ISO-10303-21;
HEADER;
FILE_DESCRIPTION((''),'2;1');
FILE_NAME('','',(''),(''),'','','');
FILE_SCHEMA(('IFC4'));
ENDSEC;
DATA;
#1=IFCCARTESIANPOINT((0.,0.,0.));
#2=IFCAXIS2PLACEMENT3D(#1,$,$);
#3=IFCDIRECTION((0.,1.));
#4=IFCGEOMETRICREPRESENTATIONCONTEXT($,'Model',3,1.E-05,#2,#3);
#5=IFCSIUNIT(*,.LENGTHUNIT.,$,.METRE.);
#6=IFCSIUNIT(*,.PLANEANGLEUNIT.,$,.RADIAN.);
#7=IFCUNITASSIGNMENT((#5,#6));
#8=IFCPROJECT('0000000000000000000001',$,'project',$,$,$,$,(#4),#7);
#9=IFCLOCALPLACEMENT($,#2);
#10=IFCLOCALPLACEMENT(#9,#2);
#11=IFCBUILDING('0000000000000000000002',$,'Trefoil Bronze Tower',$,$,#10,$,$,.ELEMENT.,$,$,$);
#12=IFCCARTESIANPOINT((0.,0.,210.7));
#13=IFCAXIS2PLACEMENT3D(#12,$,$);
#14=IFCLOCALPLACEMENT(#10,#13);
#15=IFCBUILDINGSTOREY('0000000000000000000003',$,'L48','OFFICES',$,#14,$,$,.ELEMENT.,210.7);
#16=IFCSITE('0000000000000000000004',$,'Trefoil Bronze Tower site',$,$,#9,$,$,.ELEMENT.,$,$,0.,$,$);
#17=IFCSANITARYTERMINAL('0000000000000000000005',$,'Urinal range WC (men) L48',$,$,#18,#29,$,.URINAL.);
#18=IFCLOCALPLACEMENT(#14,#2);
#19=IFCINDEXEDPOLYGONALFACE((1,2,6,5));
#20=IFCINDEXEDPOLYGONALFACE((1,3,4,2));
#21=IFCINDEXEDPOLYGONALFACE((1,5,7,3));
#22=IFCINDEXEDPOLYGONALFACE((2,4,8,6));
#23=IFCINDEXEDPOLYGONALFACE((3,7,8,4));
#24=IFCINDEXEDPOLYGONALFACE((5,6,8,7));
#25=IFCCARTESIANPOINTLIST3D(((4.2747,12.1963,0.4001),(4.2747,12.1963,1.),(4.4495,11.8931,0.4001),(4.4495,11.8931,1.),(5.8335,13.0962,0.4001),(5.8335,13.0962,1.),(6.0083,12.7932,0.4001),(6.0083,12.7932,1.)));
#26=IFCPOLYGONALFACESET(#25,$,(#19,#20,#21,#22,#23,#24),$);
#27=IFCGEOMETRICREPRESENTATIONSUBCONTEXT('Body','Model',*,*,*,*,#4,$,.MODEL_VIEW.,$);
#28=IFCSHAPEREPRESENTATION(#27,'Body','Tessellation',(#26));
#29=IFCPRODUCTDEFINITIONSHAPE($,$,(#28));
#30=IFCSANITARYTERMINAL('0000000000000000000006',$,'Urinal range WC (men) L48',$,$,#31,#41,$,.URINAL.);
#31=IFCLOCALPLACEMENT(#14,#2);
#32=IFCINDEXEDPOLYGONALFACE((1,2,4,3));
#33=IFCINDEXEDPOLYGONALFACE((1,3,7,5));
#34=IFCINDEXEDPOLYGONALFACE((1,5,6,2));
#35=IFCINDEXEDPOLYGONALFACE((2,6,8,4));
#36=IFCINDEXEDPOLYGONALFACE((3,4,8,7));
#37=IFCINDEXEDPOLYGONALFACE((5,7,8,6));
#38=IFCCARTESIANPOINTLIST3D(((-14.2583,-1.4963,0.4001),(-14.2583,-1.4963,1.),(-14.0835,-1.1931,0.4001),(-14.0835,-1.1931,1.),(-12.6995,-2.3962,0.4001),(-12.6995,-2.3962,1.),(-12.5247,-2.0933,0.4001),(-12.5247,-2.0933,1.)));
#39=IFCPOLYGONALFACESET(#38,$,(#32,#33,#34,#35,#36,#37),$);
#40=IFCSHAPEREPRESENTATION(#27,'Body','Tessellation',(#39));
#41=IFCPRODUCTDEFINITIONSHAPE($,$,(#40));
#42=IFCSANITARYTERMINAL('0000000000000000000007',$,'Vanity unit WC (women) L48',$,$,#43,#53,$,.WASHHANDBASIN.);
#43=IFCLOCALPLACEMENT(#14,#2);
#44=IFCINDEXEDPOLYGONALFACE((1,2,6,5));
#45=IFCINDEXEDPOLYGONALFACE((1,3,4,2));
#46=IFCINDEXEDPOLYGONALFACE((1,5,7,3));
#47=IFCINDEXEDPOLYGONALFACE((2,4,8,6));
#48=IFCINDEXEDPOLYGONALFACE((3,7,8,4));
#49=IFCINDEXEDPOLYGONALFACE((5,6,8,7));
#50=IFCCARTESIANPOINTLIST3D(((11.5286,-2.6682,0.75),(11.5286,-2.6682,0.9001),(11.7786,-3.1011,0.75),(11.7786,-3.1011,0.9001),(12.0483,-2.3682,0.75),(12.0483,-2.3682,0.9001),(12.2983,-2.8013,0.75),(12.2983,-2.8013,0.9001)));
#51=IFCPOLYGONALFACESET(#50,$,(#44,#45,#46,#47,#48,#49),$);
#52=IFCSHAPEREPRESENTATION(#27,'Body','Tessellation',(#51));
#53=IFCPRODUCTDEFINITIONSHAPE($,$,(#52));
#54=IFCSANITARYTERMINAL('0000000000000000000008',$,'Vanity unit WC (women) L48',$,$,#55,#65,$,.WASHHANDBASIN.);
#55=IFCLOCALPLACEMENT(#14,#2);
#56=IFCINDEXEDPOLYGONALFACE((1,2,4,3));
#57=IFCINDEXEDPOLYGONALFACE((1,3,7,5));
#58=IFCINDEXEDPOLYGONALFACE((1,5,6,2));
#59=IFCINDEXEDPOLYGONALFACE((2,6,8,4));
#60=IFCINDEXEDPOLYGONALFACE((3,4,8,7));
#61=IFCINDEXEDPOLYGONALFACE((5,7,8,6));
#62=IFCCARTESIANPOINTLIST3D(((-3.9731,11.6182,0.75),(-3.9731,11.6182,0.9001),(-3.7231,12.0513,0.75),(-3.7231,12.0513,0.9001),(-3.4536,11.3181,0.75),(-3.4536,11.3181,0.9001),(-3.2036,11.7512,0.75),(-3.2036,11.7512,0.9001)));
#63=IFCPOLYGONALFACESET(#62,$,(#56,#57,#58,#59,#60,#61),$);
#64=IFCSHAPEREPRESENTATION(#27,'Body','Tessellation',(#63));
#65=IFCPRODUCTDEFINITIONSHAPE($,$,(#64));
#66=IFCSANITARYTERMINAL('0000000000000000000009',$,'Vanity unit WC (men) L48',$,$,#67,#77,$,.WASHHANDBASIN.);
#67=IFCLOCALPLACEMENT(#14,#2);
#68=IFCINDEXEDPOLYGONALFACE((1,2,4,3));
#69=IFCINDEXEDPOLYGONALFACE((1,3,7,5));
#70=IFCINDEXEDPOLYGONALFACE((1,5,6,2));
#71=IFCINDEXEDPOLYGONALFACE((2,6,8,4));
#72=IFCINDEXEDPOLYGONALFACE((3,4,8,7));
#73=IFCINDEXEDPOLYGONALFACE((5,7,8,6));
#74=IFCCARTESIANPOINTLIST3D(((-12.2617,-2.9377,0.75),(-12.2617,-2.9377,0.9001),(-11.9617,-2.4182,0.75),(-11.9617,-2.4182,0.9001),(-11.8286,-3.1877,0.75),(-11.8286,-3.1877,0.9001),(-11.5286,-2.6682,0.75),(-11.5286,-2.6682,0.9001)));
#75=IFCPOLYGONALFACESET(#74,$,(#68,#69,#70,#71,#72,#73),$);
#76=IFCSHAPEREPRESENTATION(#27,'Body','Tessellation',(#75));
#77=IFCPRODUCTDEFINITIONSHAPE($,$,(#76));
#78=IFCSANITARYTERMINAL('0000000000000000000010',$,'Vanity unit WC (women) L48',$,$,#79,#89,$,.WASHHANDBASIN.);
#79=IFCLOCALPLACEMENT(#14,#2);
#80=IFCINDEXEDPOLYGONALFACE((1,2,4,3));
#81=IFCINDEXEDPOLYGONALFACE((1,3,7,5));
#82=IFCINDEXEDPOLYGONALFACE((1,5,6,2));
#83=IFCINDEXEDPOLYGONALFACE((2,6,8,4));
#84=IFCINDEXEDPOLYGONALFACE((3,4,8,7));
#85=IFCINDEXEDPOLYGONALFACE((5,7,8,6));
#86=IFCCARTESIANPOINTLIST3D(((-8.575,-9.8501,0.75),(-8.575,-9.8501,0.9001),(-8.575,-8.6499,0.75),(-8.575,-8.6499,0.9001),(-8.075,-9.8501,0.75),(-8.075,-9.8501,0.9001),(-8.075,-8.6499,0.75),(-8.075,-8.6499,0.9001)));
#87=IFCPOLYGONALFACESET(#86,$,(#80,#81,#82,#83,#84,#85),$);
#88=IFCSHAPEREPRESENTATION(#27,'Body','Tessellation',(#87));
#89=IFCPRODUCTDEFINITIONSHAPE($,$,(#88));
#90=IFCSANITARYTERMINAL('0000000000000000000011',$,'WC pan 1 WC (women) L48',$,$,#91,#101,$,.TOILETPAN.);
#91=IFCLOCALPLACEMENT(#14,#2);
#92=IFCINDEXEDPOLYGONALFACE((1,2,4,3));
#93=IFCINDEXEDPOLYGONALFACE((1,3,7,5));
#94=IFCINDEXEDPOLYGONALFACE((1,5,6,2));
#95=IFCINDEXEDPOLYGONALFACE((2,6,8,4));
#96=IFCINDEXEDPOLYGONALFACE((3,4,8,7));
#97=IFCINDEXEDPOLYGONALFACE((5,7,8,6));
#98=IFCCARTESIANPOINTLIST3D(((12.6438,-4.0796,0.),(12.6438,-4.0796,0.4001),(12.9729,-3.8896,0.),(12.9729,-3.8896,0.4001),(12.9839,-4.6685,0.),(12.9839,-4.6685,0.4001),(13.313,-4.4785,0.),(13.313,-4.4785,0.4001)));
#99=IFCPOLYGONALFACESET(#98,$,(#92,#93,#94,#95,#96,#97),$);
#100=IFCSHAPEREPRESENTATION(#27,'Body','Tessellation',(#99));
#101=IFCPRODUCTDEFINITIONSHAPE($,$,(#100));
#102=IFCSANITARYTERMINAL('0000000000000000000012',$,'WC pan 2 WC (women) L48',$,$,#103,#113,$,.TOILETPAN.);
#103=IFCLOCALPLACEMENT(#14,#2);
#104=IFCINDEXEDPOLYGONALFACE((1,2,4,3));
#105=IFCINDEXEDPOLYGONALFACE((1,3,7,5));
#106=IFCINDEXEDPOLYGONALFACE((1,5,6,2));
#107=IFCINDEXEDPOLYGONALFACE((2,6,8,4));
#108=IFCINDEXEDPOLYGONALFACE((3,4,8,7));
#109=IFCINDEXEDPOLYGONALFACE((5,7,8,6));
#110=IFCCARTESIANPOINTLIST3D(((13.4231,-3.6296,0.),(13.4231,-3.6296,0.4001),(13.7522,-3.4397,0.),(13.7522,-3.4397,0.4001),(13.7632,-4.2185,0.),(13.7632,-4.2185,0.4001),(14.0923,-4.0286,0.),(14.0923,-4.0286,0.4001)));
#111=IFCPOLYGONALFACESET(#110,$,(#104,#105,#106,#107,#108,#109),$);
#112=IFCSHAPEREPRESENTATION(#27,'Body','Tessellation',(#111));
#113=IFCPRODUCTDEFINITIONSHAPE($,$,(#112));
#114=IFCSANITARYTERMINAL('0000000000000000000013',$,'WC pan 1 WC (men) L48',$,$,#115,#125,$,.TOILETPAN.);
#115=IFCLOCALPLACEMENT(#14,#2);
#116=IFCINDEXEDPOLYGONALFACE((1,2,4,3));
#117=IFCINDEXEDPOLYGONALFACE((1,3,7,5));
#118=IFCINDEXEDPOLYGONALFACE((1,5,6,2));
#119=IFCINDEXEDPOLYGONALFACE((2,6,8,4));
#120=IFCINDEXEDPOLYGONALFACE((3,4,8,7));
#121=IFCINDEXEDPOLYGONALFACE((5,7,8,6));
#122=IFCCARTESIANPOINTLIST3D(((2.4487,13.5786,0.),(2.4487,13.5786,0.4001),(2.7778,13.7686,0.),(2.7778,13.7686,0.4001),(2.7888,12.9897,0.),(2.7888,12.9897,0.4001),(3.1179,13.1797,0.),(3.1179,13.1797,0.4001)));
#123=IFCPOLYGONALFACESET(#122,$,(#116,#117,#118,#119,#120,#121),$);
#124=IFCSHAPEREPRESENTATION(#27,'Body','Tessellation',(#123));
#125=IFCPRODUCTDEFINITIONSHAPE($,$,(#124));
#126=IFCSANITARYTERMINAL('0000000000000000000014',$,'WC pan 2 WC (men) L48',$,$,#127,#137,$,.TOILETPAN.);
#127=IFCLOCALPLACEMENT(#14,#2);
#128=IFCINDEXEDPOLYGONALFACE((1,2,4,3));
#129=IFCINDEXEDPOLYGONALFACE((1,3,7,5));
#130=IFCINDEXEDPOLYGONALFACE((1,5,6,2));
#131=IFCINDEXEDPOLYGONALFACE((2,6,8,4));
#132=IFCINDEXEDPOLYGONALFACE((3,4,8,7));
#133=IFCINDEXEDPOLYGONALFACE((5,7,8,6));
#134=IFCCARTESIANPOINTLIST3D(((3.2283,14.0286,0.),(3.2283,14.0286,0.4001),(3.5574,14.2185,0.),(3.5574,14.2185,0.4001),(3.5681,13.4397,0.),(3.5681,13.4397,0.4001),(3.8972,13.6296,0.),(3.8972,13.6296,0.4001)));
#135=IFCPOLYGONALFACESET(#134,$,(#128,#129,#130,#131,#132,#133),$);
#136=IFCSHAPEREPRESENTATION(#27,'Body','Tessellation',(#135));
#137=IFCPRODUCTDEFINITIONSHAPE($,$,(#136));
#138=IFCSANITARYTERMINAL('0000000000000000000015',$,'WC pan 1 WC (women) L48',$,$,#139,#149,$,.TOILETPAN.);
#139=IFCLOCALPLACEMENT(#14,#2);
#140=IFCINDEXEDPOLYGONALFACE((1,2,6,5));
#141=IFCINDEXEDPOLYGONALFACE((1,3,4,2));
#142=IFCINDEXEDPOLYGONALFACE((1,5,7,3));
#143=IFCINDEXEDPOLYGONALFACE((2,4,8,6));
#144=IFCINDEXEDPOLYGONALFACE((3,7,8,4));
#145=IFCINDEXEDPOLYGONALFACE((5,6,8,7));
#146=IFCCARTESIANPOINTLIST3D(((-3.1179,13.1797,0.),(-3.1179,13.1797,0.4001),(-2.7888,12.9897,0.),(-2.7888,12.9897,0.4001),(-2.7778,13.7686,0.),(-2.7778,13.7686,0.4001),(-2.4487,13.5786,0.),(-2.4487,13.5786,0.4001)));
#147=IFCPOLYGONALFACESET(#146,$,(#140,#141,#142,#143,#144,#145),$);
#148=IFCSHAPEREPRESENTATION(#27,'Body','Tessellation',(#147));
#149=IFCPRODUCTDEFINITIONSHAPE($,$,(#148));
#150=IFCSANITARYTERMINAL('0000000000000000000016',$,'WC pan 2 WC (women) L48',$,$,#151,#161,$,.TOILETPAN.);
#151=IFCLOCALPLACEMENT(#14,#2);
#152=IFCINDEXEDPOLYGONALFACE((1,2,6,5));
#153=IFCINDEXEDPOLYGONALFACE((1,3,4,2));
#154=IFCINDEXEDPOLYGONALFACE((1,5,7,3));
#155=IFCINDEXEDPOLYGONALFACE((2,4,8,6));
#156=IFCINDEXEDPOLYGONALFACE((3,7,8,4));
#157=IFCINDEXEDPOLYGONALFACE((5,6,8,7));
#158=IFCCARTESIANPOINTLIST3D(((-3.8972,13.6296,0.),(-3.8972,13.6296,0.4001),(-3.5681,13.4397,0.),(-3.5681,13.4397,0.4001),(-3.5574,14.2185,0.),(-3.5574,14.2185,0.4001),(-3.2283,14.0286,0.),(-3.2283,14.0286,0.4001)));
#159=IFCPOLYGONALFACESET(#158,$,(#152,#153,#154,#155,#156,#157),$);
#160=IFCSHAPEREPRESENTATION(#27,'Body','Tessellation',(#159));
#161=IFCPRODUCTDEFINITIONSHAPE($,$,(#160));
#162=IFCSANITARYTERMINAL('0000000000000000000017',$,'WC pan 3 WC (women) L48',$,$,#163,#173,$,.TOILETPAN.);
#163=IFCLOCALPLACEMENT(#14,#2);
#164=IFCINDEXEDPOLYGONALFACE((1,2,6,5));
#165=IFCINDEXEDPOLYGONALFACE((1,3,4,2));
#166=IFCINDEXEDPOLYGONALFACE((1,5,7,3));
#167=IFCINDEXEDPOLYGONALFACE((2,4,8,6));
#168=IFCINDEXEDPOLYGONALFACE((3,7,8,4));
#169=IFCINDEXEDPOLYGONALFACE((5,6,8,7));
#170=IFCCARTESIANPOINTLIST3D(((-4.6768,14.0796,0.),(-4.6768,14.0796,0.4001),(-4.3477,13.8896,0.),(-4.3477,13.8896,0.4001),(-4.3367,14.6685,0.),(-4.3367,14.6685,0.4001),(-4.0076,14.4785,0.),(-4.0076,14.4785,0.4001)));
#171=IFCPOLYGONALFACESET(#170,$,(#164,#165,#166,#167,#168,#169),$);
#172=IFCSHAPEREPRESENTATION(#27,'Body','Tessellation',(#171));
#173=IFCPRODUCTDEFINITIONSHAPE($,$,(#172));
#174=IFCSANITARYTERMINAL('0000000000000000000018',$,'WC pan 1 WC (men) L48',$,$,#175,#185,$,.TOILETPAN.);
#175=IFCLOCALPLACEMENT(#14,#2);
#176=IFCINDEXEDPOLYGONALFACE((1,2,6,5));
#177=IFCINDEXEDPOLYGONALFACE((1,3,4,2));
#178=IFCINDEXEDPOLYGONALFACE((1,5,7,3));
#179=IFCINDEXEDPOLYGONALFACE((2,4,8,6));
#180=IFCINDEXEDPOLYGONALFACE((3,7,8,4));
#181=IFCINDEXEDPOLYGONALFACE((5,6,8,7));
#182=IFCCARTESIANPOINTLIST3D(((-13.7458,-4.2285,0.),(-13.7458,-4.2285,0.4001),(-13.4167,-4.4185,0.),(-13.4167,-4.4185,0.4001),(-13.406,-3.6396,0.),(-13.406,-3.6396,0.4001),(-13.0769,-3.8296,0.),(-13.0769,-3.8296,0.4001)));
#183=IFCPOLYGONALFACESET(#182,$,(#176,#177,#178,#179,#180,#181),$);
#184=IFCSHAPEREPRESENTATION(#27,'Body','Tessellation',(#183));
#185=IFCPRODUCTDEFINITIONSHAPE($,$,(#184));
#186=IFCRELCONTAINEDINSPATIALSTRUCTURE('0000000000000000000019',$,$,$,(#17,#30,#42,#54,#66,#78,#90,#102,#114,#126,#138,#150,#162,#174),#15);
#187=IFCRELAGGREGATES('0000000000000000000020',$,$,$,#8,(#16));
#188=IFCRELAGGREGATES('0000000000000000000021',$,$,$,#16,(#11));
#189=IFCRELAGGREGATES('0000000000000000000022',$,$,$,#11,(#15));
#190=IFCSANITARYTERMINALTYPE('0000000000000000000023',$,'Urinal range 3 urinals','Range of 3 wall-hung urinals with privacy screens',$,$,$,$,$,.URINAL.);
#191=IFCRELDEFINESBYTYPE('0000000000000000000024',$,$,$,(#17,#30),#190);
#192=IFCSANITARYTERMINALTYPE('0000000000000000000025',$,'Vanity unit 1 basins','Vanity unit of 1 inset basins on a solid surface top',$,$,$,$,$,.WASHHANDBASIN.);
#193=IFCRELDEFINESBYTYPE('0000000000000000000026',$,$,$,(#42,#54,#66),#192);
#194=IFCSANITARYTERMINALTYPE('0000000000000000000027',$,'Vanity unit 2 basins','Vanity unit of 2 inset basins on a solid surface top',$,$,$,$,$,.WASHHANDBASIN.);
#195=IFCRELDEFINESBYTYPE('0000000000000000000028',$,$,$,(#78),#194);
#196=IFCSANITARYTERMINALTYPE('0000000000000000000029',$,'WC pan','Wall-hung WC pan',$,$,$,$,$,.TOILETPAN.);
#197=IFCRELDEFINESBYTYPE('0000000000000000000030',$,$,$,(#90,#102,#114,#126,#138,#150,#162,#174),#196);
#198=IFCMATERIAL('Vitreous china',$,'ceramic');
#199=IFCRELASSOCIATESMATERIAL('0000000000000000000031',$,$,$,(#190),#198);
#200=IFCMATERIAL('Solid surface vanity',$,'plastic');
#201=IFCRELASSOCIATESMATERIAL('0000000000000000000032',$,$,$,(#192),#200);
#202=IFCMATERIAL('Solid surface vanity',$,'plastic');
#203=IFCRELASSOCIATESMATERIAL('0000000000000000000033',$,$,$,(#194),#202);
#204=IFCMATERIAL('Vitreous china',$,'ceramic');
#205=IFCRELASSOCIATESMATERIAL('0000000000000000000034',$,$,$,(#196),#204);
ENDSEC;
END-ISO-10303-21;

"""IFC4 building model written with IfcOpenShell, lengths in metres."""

from ifc_helpers import new_model, si_unit, direction, frame, origin, place, context, subcontext, project, spatial, polyline, outline, extrude, material, type_object, element, save


model = new_model("IFC4")

# Units and contexts
model_context = context("Model", 3, precision=1e-05, world=origin(), true_north=direction((0.0, 1.0)))
body_context = subcontext(model_context, "Body", "Model", "MODEL_VIEW")
ifc_project = project(units=[si_unit("LENGTHUNIT", "METRE"), si_unit("PLANEANGLEUNIT", "RADIAN")], contexts=[model_context])

# Site, building, storey
site_placement = place(None, origin())
site = spatial("IfcSite", under=ifc_project, at=site_placement, Name="Trefoil Bronze Tower site", CompositionType="ELEMENT", RefElevation=0.0)
building_placement = place(site_placement, origin())
building = spatial("IfcBuilding", under=site, at=building_placement, Name="Trefoil Bronze Tower", CompositionType="ELEMENT")
storey_placement = place(building_placement, frame((0.0, 0.0, 210.7)))
storey = spatial("IfcBuildingStorey", under=building, at=storey_placement, Name="L48", Description="OFFICES", CompositionType="ELEMENT", Elevation=210.7)

# Sanitary terminals
ifc_material_1 = material(Name="Vitreous china", Category="ceramic")
sanitary_terminal_type_1 = type_object("IfcSanitaryTerminalType", Name="Urinal range 3 urinals", Description="Range of 3 wall-hung urinals with privacy screens", PredefinedType="URINAL", material=ifc_material_1)
sanitary_terminal_1_placement = place(storey_placement, frame((0.0, 0.0, 0.4001)))
element("IfcSanitaryTerminal", 1, at=sanitary_terminal_1_placement, inside=storey, type_object=sanitary_terminal_type_1, Name="Urinal range WC (men) L48", PredefinedType="URINAL", context=body_context, shape_type="SweptSolid", body=[
    extrude(outline(polyline([(4.4495, 11.8931), (4.2747, 12.1963), (5.8335, 13.0962), (6.0083, 12.7932), (4.4495, 11.8931)])), origin(), (0.0, 0.0, 1.0), 0.5999),
])
sanitary_terminal_2_placement = place(storey_placement, frame((0.0, 0.0, 0.4001)))
element("IfcSanitaryTerminal", 2, at=sanitary_terminal_2_placement, inside=storey, type_object=sanitary_terminal_type_1, Name="Urinal range WC (men) L48", PredefinedType="URINAL", context=body_context, shape_type="SweptSolid", body=[
    extrude(outline(polyline([(-12.5247, -2.0933), (-12.6995, -2.3962), (-14.2583, -1.4963), (-14.0835, -1.1931), (-12.5247, -2.0933)])), origin(), (0.0, 0.0, 1.0), 0.5999),
])
ifc_material_2 = material(Name="Solid surface vanity", Category="plastic")
sanitary_terminal_type_2 = type_object("IfcSanitaryTerminalType", Name="Vanity unit 1 basins", Description="Vanity unit of 1 inset basins on a solid surface top", PredefinedType="WASHHANDBASIN", material=ifc_material_2)
sanitary_terminal_3_placement = place(storey_placement, frame((0.0, 0.0, 0.75)))
element("IfcSanitaryTerminal", 3, at=sanitary_terminal_3_placement, inside=storey, type_object=sanitary_terminal_type_2, Name="Vanity unit WC (women) L48", PredefinedType="WASHHANDBASIN", context=body_context, shape_type="SweptSolid", body=[
    extrude(outline(polyline([(11.5286, -2.6682), (11.7786, -3.1011), (12.2983, -2.8013), (12.0483, -2.3682), (11.5286, -2.6682)])), origin(), (0.0, 0.0, 1.0), 0.1501),
])
sanitary_terminal_4_placement = place(storey_placement, frame((0.0, 0.0, 0.75)))
element("IfcSanitaryTerminal", 4, at=sanitary_terminal_4_placement, inside=storey, type_object=sanitary_terminal_type_2, Name="Vanity unit WC (women) L48", PredefinedType="WASHHANDBASIN", context=body_context, shape_type="SweptSolid", body=[
    extrude(outline(polyline([(-3.4536, 11.3181), (-3.2036, 11.7512), (-3.7231, 12.0513), (-3.9731, 11.6182), (-3.4536, 11.3181)])), origin(), (0.0, 0.0, 1.0), 0.1501),
])
sanitary_terminal_5_placement = place(storey_placement, frame((0.0, 0.0, 0.75)))
element("IfcSanitaryTerminal", 5, at=sanitary_terminal_5_placement, inside=storey, type_object=sanitary_terminal_type_2, Name="Vanity unit WC (men) L48", PredefinedType="WASHHANDBASIN", context=body_context, shape_type="SweptSolid", body=[
    extrude(outline(polyline([(-11.5286, -2.6682), (-11.8286, -3.1877), (-12.2617, -2.9377), (-11.9617, -2.4182), (-11.5286, -2.6682)])), origin(), (0.0, 0.0, 1.0), 0.1501),
])
ifc_material_3 = material(Name="Solid surface vanity", Category="plastic")
sanitary_terminal_type_3 = type_object("IfcSanitaryTerminalType", Name="Vanity unit 2 basins", Description="Vanity unit of 2 inset basins on a solid surface top", PredefinedType="WASHHANDBASIN", material=ifc_material_3)
sanitary_terminal_6_placement = place(storey_placement, frame((0.0, 0.0, 0.75)))
element("IfcSanitaryTerminal", 6, at=sanitary_terminal_6_placement, inside=storey, type_object=sanitary_terminal_type_3, Name="Vanity unit WC (women) L48", PredefinedType="WASHHANDBASIN", context=body_context, shape_type="SweptSolid", body=[
    extrude(outline(polyline([(-8.075, -8.6499), (-8.575, -8.6499), (-8.575, -9.8501), (-8.075, -9.8501), (-8.075, -8.6499)])), origin(), (0.0, 0.0, 1.0), 0.1501),
])
ifc_material_4 = material(Name="Vitreous china", Category="ceramic")
sanitary_terminal_type_4 = type_object("IfcSanitaryTerminalType", Name="WC pan", Description="Wall-hung WC pan", PredefinedType="TOILETPAN", material=ifc_material_4)
sanitary_terminal_7_placement = place(storey_placement, origin())
element("IfcSanitaryTerminal", 7, at=sanitary_terminal_7_placement, inside=storey, type_object=sanitary_terminal_type_4, Name="WC pan 1 WC (women) L48", PredefinedType="TOILETPAN", context=body_context, shape_type="SweptSolid", body=[
    extrude(outline(polyline([(12.6438, -4.0796), (12.9839, -4.6685), (13.313, -4.4785), (12.9729, -3.8896), (12.6438, -4.0796)])), origin(), (0.0, 0.0, 1.0), 0.4001),
])
sanitary_terminal_8_placement = place(storey_placement, origin())
element("IfcSanitaryTerminal", 8, at=sanitary_terminal_8_placement, inside=storey, type_object=sanitary_terminal_type_4, Name="WC pan 2 WC (women) L48", PredefinedType="TOILETPAN", context=body_context, shape_type="SweptSolid", body=[
    extrude(outline(polyline([(13.4231, -3.6296), (13.7632, -4.2185), (14.0923, -4.0286), (13.7522, -3.4397), (13.4231, -3.6296)])), origin(), (0.0, 0.0, 1.0), 0.4001),
])
sanitary_terminal_9_placement = place(storey_placement, origin())
element("IfcSanitaryTerminal", 9, at=sanitary_terminal_9_placement, inside=storey, type_object=sanitary_terminal_type_4, Name="WC pan 1 WC (men) L48", PredefinedType="TOILETPAN", context=body_context, shape_type="SweptSolid", body=[
    extrude(outline(polyline([(2.7888, 12.9897), (2.4487, 13.5786), (2.7778, 13.7686), (3.1179, 13.1797), (2.7888, 12.9897)])), origin(), (0.0, 0.0, 1.0), 0.4001),
])
sanitary_terminal_10_placement = place(storey_placement, origin())
element("IfcSanitaryTerminal", 10, at=sanitary_terminal_10_placement, inside=storey, type_object=sanitary_terminal_type_4, Name="WC pan 2 WC (men) L48", PredefinedType="TOILETPAN", context=body_context, shape_type="SweptSolid", body=[
    extrude(outline(polyline([(3.5681, 13.4397), (3.2283, 14.0286), (3.5574, 14.2185), (3.8972, 13.6296), (3.5681, 13.4397)])), origin(), (0.0, 0.0, 1.0), 0.4001),
])
sanitary_terminal_11_placement = place(storey_placement, origin())
element("IfcSanitaryTerminal", 11, at=sanitary_terminal_11_placement, inside=storey, type_object=sanitary_terminal_type_4, Name="WC pan 1 WC (women) L48", PredefinedType="TOILETPAN", context=body_context, shape_type="SweptSolid", body=[
    extrude(outline(polyline([(-2.7888, 12.9897), (-2.4487, 13.5786), (-2.7778, 13.7686), (-3.1179, 13.1797), (-2.7888, 12.9897)])), origin(), (0.0, 0.0, 1.0), 0.4001),
])
sanitary_terminal_12_placement = place(storey_placement, origin())
element("IfcSanitaryTerminal", 12, at=sanitary_terminal_12_placement, inside=storey, type_object=sanitary_terminal_type_4, Name="WC pan 2 WC (women) L48", PredefinedType="TOILETPAN", context=body_context, shape_type="SweptSolid", body=[
    extrude(outline(polyline([(-3.5681, 13.4397), (-3.2283, 14.0286), (-3.5574, 14.2185), (-3.8972, 13.6296), (-3.5681, 13.4397)])), origin(), (0.0, 0.0, 1.0), 0.4001),
])
sanitary_terminal_13_placement = place(storey_placement, origin())
element("IfcSanitaryTerminal", 13, at=sanitary_terminal_13_placement, inside=storey, type_object=sanitary_terminal_type_4, Name="WC pan 3 WC (women) L48", PredefinedType="TOILETPAN", context=body_context, shape_type="SweptSolid", body=[
    extrude(outline(polyline([(-4.3477, 13.8896), (-4.0076, 14.4785), (-4.3367, 14.6685), (-4.6768, 14.0796), (-4.3477, 13.8896)])), origin(), (0.0, 0.0, 1.0), 0.4001),
])
sanitary_terminal_14_placement = place(storey_placement, origin())
element("IfcSanitaryTerminal", 14, at=sanitary_terminal_14_placement, inside=storey, type_object=sanitary_terminal_type_4, Name="WC pan 1 WC (men) L48", PredefinedType="TOILETPAN", context=body_context, shape_type="SweptSolid", body=[
    extrude(outline(polyline([(-13.0769, -3.8296), (-13.4167, -4.4185), (-13.7458, -4.2285), (-13.406, -3.6396), (-13.0769, -3.8296)])), origin(), (0.0, 0.0, 1.0), 0.4001),
])

save(model, "model.ifc")
